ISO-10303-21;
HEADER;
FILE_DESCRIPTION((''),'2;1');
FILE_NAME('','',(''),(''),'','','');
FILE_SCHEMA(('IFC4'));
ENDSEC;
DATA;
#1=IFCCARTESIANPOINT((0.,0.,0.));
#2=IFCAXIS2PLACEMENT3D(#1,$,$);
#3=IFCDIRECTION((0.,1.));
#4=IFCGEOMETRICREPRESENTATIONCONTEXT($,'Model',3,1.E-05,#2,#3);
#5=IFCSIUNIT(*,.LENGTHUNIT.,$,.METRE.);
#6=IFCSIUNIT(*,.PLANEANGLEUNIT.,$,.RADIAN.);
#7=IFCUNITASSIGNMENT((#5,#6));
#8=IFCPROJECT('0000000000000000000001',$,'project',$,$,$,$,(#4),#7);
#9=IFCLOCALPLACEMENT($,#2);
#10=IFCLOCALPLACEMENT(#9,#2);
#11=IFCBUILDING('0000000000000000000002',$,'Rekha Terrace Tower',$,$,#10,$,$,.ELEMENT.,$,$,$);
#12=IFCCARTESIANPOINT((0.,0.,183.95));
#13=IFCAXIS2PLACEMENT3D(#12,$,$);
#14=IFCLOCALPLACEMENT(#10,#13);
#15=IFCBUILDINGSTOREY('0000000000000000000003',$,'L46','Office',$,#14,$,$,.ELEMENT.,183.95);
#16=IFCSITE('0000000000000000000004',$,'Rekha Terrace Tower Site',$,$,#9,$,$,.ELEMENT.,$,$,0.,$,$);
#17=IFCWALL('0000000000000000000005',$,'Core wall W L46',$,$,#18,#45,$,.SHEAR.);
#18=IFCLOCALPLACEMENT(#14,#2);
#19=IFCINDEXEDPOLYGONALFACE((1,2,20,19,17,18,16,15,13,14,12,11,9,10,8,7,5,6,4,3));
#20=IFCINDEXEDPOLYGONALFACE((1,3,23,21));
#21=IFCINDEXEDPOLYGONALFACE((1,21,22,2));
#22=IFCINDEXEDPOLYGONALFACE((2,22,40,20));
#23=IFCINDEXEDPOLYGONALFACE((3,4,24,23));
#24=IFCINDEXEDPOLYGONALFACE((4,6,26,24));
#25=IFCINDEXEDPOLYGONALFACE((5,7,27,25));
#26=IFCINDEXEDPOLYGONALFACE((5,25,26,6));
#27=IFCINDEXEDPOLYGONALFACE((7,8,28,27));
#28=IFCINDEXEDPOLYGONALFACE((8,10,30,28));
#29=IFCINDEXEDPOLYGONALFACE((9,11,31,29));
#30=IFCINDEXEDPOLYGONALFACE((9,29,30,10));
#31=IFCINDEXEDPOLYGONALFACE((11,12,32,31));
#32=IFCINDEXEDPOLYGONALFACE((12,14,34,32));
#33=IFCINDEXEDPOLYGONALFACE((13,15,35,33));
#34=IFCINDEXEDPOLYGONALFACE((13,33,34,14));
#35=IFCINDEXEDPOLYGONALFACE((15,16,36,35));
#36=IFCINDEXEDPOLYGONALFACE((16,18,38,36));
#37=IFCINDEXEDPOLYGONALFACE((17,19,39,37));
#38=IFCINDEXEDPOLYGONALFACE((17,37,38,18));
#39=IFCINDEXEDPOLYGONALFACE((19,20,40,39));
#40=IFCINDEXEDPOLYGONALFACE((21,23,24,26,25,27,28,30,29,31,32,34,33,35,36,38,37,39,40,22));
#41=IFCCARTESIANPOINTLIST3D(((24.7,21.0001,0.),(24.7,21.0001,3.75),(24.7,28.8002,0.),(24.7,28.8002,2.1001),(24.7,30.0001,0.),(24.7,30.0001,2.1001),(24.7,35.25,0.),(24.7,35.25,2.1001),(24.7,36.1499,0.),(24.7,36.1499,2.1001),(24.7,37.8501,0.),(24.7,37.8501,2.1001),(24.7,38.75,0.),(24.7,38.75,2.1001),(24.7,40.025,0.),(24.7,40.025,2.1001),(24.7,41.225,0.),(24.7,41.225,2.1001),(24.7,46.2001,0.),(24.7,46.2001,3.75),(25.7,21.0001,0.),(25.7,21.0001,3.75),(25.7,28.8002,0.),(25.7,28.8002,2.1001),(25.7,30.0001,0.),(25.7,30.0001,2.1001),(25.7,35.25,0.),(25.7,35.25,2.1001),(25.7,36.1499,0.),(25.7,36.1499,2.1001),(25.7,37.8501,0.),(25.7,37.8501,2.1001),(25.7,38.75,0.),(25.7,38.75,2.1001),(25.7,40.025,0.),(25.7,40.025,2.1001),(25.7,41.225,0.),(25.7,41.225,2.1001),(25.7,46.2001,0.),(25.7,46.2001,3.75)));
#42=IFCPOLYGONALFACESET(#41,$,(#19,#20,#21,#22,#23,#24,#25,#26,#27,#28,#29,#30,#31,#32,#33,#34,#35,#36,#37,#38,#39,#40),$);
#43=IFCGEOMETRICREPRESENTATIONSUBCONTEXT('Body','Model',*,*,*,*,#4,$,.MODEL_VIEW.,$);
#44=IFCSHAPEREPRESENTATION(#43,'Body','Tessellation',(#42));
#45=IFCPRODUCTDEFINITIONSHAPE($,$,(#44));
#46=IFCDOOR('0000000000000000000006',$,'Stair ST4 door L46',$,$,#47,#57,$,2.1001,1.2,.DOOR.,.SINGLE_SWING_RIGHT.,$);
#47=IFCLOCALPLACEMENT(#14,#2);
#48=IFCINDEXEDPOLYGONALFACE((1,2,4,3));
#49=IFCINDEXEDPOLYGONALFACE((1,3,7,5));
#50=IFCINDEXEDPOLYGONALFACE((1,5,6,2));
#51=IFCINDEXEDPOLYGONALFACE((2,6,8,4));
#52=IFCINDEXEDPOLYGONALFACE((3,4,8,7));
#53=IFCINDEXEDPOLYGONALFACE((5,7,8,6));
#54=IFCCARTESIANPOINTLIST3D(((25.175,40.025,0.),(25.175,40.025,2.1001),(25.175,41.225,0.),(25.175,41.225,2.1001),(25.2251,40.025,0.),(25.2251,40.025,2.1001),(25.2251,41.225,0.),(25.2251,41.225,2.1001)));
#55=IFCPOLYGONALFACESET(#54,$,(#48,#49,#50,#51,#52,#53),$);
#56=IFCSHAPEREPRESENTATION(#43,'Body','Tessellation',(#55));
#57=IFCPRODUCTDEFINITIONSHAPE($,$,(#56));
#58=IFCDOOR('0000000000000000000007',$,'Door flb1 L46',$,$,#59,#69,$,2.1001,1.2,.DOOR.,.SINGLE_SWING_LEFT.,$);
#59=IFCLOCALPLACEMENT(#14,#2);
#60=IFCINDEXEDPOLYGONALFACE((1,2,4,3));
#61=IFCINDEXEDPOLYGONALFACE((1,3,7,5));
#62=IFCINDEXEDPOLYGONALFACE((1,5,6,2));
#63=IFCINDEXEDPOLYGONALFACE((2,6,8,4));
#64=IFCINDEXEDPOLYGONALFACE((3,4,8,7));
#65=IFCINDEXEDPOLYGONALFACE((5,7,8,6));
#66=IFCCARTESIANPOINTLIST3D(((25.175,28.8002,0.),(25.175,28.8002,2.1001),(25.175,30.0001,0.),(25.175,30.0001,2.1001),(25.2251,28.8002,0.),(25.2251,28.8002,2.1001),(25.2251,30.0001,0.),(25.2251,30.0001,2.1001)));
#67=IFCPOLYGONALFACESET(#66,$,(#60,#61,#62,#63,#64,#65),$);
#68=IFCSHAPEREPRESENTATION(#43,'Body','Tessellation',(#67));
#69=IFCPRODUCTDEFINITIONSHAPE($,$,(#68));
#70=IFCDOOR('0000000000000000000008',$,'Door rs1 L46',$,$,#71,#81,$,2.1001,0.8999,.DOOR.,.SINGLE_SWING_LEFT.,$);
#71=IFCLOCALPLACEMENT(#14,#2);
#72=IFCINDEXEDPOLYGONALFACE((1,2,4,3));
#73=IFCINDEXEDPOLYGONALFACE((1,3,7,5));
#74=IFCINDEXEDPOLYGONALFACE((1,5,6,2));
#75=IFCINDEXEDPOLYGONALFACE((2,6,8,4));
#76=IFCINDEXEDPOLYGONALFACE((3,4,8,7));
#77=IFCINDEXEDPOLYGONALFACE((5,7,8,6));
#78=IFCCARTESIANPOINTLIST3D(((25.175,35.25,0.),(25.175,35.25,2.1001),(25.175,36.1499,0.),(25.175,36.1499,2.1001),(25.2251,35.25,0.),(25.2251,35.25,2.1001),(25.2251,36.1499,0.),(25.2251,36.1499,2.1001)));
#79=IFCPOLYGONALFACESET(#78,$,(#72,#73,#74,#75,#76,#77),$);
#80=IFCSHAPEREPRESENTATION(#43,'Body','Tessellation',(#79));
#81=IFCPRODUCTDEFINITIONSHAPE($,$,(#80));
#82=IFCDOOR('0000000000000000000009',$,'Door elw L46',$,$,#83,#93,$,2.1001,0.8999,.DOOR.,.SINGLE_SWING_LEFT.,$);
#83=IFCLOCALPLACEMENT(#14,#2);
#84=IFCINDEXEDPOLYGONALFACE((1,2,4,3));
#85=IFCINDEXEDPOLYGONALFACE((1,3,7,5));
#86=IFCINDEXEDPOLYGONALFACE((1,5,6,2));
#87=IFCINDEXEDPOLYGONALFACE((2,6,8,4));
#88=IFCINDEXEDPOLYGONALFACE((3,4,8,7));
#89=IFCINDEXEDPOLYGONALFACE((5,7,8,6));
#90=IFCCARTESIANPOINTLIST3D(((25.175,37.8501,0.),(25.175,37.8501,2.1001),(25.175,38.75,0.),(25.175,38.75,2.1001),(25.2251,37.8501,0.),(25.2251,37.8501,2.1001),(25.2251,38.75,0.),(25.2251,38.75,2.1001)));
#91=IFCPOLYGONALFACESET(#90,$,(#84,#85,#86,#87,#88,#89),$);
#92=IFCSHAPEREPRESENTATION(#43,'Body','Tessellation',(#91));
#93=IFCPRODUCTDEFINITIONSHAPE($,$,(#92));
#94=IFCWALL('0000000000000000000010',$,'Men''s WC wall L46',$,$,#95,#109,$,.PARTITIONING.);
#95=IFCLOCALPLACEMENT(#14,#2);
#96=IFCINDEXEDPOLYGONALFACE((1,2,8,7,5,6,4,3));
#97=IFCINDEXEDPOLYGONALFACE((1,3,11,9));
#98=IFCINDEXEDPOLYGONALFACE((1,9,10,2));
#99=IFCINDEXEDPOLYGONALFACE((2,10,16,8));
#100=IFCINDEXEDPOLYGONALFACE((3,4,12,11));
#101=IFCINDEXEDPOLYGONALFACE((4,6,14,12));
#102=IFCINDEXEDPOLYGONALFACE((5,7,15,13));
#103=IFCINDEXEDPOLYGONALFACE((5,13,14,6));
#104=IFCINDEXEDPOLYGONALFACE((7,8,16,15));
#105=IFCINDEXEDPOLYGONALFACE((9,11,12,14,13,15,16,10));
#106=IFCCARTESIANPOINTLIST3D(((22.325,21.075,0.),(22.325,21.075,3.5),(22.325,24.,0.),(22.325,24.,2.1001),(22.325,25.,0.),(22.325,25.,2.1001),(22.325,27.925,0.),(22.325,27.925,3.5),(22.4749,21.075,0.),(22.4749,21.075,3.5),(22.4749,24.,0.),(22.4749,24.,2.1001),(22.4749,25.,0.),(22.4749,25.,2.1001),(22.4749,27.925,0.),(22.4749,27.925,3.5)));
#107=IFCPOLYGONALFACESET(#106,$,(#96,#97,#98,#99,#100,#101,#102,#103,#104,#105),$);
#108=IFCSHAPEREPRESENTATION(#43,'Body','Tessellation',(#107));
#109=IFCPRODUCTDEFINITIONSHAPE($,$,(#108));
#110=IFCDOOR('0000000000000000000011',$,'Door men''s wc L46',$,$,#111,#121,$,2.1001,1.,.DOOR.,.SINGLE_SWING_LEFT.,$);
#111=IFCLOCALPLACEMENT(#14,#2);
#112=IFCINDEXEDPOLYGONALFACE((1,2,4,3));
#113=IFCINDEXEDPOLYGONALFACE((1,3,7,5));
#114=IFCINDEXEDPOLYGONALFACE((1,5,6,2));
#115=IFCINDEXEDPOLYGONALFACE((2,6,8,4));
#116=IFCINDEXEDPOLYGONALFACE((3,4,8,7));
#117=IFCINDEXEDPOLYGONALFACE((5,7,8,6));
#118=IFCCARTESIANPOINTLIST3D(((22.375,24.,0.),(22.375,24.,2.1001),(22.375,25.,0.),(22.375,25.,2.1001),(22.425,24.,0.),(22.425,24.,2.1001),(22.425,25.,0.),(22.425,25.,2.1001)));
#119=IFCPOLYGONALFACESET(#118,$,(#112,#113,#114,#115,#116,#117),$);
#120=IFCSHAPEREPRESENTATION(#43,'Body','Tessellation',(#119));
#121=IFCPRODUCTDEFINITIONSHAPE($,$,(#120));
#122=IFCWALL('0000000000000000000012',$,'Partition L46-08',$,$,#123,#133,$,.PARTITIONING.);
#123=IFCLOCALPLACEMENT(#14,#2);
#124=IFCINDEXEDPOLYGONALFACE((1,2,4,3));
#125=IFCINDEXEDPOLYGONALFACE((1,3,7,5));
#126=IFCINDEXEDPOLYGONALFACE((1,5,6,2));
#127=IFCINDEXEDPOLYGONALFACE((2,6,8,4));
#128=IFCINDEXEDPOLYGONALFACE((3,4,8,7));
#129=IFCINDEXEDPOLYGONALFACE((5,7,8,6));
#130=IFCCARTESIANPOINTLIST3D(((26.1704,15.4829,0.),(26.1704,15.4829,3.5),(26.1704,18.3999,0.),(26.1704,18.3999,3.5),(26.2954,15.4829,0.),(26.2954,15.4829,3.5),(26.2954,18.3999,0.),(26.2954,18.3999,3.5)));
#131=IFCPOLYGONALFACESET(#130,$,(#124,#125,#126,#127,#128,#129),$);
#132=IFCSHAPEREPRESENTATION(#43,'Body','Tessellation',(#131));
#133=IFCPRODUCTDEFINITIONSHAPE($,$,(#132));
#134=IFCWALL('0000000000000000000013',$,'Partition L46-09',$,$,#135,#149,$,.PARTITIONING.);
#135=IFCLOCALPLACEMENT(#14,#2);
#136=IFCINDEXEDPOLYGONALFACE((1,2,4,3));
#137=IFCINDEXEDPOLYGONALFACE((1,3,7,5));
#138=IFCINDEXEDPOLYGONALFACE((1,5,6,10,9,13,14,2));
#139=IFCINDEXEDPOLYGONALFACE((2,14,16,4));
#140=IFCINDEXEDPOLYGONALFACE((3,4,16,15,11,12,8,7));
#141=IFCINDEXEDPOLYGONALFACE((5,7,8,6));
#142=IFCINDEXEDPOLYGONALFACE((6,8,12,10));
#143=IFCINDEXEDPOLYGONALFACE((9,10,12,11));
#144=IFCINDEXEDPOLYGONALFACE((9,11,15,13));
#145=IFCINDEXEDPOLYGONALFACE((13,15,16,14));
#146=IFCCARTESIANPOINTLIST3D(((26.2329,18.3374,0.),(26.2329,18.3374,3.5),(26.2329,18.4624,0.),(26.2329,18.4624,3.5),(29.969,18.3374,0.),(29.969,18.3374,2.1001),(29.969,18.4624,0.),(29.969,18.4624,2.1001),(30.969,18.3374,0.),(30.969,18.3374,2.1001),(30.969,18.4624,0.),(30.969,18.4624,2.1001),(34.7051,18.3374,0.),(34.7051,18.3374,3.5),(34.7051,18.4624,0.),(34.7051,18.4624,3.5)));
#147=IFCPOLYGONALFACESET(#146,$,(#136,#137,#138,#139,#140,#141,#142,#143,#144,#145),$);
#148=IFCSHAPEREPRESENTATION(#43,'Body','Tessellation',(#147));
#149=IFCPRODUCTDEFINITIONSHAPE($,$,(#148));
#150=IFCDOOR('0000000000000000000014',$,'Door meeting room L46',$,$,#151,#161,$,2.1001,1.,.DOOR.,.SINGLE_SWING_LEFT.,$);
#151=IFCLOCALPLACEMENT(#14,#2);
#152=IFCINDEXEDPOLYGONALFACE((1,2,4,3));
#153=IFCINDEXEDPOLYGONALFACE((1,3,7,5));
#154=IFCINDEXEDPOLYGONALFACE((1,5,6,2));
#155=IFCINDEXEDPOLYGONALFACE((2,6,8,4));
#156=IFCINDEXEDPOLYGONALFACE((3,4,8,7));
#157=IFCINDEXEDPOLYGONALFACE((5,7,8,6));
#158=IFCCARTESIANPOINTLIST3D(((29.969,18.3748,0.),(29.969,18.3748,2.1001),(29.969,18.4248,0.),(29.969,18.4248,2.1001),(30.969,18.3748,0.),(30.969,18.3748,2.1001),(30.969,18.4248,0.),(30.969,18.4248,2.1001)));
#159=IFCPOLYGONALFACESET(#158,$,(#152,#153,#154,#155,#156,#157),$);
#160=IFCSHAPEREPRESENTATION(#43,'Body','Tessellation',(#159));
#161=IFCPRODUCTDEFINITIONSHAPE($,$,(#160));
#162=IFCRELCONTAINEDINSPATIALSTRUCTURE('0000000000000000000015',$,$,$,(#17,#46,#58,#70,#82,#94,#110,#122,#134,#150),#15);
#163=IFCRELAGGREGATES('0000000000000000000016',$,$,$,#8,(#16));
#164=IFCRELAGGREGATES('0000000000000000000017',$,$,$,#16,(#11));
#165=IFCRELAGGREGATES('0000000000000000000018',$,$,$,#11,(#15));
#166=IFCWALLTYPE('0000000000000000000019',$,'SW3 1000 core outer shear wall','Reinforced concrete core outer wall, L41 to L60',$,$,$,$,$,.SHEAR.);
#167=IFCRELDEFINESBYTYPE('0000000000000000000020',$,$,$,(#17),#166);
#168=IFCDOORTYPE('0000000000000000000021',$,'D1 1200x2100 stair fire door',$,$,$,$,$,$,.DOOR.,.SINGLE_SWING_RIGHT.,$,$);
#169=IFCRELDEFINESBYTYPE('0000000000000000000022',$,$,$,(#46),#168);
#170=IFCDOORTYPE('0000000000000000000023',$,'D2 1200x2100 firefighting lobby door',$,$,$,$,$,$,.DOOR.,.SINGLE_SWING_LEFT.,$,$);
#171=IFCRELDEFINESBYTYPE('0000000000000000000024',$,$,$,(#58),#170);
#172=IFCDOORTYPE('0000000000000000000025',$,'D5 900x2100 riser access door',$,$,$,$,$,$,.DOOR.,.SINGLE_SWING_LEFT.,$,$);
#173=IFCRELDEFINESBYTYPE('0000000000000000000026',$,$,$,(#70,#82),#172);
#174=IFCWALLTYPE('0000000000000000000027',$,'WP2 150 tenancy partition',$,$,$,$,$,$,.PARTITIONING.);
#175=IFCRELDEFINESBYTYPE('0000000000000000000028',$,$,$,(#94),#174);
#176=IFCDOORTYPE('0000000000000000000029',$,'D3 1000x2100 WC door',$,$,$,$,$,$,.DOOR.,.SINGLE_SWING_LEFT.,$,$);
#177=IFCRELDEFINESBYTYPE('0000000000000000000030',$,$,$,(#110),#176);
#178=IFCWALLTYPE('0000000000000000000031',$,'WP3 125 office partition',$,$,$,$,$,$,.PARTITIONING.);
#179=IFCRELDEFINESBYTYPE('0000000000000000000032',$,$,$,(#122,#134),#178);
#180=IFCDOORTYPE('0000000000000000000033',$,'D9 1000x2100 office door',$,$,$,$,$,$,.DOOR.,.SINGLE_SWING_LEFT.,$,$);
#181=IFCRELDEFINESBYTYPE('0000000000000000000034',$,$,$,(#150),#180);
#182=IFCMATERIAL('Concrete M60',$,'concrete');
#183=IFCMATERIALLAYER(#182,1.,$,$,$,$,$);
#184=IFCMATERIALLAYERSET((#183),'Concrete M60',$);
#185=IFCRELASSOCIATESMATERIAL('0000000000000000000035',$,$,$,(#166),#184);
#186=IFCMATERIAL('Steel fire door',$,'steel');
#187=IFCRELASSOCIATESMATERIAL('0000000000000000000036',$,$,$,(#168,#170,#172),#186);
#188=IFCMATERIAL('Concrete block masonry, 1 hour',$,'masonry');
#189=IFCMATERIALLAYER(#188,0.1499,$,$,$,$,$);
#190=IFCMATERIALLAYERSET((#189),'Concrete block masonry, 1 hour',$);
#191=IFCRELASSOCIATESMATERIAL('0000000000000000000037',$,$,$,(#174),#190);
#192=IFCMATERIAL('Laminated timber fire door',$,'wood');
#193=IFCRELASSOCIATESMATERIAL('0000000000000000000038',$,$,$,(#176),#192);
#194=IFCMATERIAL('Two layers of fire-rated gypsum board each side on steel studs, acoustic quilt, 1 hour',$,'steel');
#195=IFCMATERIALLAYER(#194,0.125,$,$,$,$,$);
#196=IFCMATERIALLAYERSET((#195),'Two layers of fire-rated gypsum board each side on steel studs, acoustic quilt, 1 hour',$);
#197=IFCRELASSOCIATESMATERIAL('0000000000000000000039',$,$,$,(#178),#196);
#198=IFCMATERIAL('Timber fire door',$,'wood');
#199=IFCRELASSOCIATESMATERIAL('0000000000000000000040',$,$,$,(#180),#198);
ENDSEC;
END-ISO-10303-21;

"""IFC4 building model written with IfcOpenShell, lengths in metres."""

from ifc_helpers import new_model, si_unit, direction, frame, frame_2d, origin, place, context, subcontext, project, spatial, rectangle, extrude, material, layer, layer_set, type_object, element, fill, save


model = new_model("IFC4")

# Units and contexts
model_context = context("Model", 3, precision=1e-05, world=origin(), true_north=direction((0.0, 1.0)))
body_context = subcontext(model_context, "Body", "Model", "MODEL_VIEW")
ifc_project = project(units=[si_unit("LENGTHUNIT", "METRE"), si_unit("PLANEANGLEUNIT", "RADIAN")], contexts=[model_context])

# Site, building, storey
site_placement = place(None, origin())
site = spatial("IfcSite", under=ifc_project, at=site_placement, Name="Rekha Terrace Tower Site", CompositionType="ELEMENT", RefElevation=0.0)
building_placement = place(site_placement, origin())
building = spatial("IfcBuilding", under=site, at=building_placement, Name="Rekha Terrace Tower", CompositionType="ELEMENT")
storey_placement = place(building_placement, frame((0.0, 0.0, 183.95)))
storey = spatial("IfcBuildingStorey", under=building, at=storey_placement, Name="L46", Description="Office", CompositionType="ELEMENT", Elevation=183.95)

# Shared definitions
ifc_material_1 = material(Name="Concrete M60", Category="concrete")

# Shared definitions
ifc_layer_1 = layer(ifc_material_1, 1.0)
ifc_layer_set_1 = layer_set([ifc_layer_1], Name="Concrete M60")
wall_type_1 = type_object("IfcWallType", Name="SW3 1000 core outer shear wall", Description="Reinforced concrete core outer wall, L41 to L60", PredefinedType="SHEAR", material=ifc_layer_set_1)

# Wall, openings, doors
wall_1_placement = place(storey_placement, frame((25.2, 21.0, 0.0), z_axis=(0.0, 0.0, 1.0), x_axis=(0.0, 1.0, 0.0)))
wall_1 = element("IfcWall", 1, at=wall_1_placement, inside=storey, type_object=wall_type_1, Name="Core wall W L46", PredefinedType="SHEAR", context=body_context, shape_type="SweptSolid", body=[
    extrude(rectangle(XDim=25.2, YDim=1.0, at=frame_2d((12.6001, 0.0))), origin(), (0.0, 0.0, 1.0), 3.75),
])
opening_1_placement = place(wall_1_placement, frame((7.8, 0.0, 0.0)))
opening_1 = element("IfcOpeningElement", 2, at=opening_1_placement, cuts=wall_1, PredefinedType="OPENING", context=body_context, shape_type="SweptSolid", body=[
    extrude(rectangle(XDim=1.2, YDim=2.1001, at=frame_2d((0.6001, 1.05))), frame((0.0, 0.51, 0.0), z_axis=(0.0, -1.0, 0.0), x_axis=(1.0, 0.0, 0.0)), (0.0, 0.0, 1.0), 1.02),
])
opening_2_placement = place(wall_1_placement, frame((14.25, 0.0, 0.0)))
opening_2 = element("IfcOpeningElement", 3, at=opening_2_placement, cuts=wall_1, PredefinedType="OPENING", context=body_context, shape_type="SweptSolid", body=[
    extrude(rectangle(XDim=0.8999, YDim=2.1001, at=frame_2d((0.45, 1.05))), frame((0.0, 0.51, 0.0), z_axis=(0.0, -1.0, 0.0), x_axis=(1.0, 0.0, 0.0)), (0.0, 0.0, 1.0), 1.02),
])
opening_3_placement = place(wall_1_placement, frame((16.8501, 0.0, 0.0)))
opening_3 = element("IfcOpeningElement", 4, at=opening_3_placement, cuts=wall_1, PredefinedType="OPENING", context=body_context, shape_type="SweptSolid", body=[
    extrude(rectangle(XDim=0.8999, YDim=2.1001, at=frame_2d((0.45, 1.05))), frame((0.0, 0.51, 0.0), z_axis=(0.0, -1.0, 0.0), x_axis=(1.0, 0.0, 0.0)), (0.0, 0.0, 1.0), 1.02),
])
opening_4_placement = place(wall_1_placement, frame((19.0249, 0.0, 0.0)))
opening_4 = element("IfcOpeningElement", 5, at=opening_4_placement, cuts=wall_1, PredefinedType="OPENING", context=body_context, shape_type="SweptSolid", body=[
    extrude(rectangle(XDim=1.2, YDim=2.1001, at=frame_2d((0.6001, 1.05))), frame((0.0, 0.51, 0.0), z_axis=(0.0, -1.0, 0.0), x_axis=(1.0, 0.0, 0.0)), (0.0, 0.0, 1.0), 1.02),
])
ifc_material_2 = material(Name="Steel fire door", Category="steel")
door_type_1 = type_object("IfcDoorType", Name="D1 1200x2100 stair fire door", OperationType="SINGLE_SWING_RIGHT", PredefinedType="DOOR", material=ifc_material_2)
door_1_placement = place(opening_4_placement, origin())
door_1 = element("IfcDoor", 6, at=door_1_placement, inside=storey, type_object=door_type_1, Name="Stair ST4 door L46", OperationType="SINGLE_SWING_RIGHT", OverallHeight=2.1001, OverallWidth=1.2, PredefinedType="DOOR", context=body_context, shape_type="SweptSolid", body=[
    extrude(rectangle(XDim=1.2, YDim=2.1001, at=frame_2d((0.6001, 1.05))), frame((0.0, 0.0249, 0.0), z_axis=(0.0, -1.0, 0.0), x_axis=(1.0, 0.0, 0.0)), (0.0, 0.0, 1.0), 0.05),
])
fill(opening_4, door_1)
door_type_2 = type_object("IfcDoorType", Name="D2 1200x2100 firefighting lobby door", OperationType="SINGLE_SWING_LEFT", PredefinedType="DOOR", material=ifc_material_2)
door_2_placement = place(opening_1_placement, origin())
door_2 = element("IfcDoor", 7, at=door_2_placement, inside=storey, type_object=door_type_2, Name="Door flb1 L46", OperationType="SINGLE_SWING_LEFT", OverallHeight=2.1001, OverallWidth=1.2, PredefinedType="DOOR", context=body_context, shape_type="SweptSolid", body=[
    extrude(rectangle(XDim=1.2, YDim=2.1001, at=frame_2d((0.6001, 1.05))), frame((0.0, 0.0249, 0.0), z_axis=(0.0, -1.0, 0.0), x_axis=(1.0, 0.0, 0.0)), (0.0, 0.0, 1.0), 0.05),
])
fill(opening_1, door_2)
door_type_3 = type_object("IfcDoorType", Name="D5 900x2100 riser access door", OperationType="SINGLE_SWING_LEFT", PredefinedType="DOOR", material=ifc_material_2)
door_3_placement = place(opening_2_placement, origin())
door_3 = element("IfcDoor", 8, at=door_3_placement, inside=storey, type_object=door_type_3, Name="Door rs1 L46", OperationType="SINGLE_SWING_LEFT", OverallHeight=2.1001, OverallWidth=0.8999, PredefinedType="DOOR", context=body_context, shape_type="SweptSolid", body=[
    extrude(rectangle(XDim=0.8999, YDim=2.1001, at=frame_2d((0.45, 1.05))), frame((0.0, 0.0249, 0.0), z_axis=(0.0, -1.0, 0.0), x_axis=(1.0, 0.0, 0.0)), (0.0, 0.0, 1.0), 0.05),
])
fill(opening_2, door_3)
door_4_placement = place(opening_3_placement, origin())
door_4 = element("IfcDoor", 9, at=door_4_placement, inside=storey, type_object=door_type_3, Name="Door elw L46", OperationType="SINGLE_SWING_LEFT", OverallHeight=2.1001, OverallWidth=0.8999, PredefinedType="DOOR", context=body_context, shape_type="SweptSolid", body=[
    extrude(rectangle(XDim=0.8999, YDim=2.1001, at=frame_2d((0.45, 1.05))), frame((0.0, 0.0249, 0.0), z_axis=(0.0, -1.0, 0.0), x_axis=(1.0, 0.0, 0.0)), (0.0, 0.0, 1.0), 0.05),
])
fill(opening_3, door_4)

# Wall, opening, door
ifc_material_3 = material(Name="Concrete block masonry, 1 hour", Category="masonry")
ifc_layer_2 = layer(ifc_material_3, 0.1499)
ifc_layer_set_2 = layer_set([ifc_layer_2], Name="Concrete block masonry, 1 hour")
wall_type_2 = type_object("IfcWallType", Name="WP2 150 tenancy partition", PredefinedType="PARTITIONING", material=ifc_layer_set_2)
wall_2_placement = place(storey_placement, frame((22.3999, 21.075, 0.0), z_axis=(0.0, 0.0, 1.0), x_axis=(0.0, 1.0, 0.0)))
wall_2 = element("IfcWall", 10, at=wall_2_placement, inside=storey, type_object=wall_type_2, Name="Men's WC wall L46", PredefinedType="PARTITIONING", context=body_context, shape_type="SweptSolid", body=[
    extrude(rectangle(XDim=6.8501, YDim=0.1499, at=frame_2d((3.425, 0.0))), origin(), (0.0, 0.0, 1.0), 3.5),
])
opening_5_placement = place(wall_2_placement, frame((2.925, 0.0, 0.0)))
opening_5 = element("IfcOpeningElement", 11, at=opening_5_placement, cuts=wall_2, PredefinedType="OPENING", context=body_context, shape_type="SweptSolid", body=[
    extrude(rectangle(XDim=1.0, YDim=2.1001, at=frame_2d((0.5, 1.05))), frame((0.0, 0.085, 0.0), z_axis=(0.0, -1.0, 0.0), x_axis=(1.0, 0.0, 0.0)), (0.0, 0.0, 1.0), 0.1699),
])
ifc_material_4 = material(Name="Laminated timber fire door", Category="wood")
door_type_4 = type_object("IfcDoorType", Name="D3 1000x2100 WC door", OperationType="SINGLE_SWING_LEFT", PredefinedType="DOOR", material=ifc_material_4)
door_5_placement = place(opening_5_placement, origin())
door_5 = element("IfcDoor", 12, at=door_5_placement, inside=storey, type_object=door_type_4, Name="Door men's wc L46", OperationType="SINGLE_SWING_LEFT", OverallHeight=2.1001, OverallWidth=1.0, PredefinedType="DOOR", context=body_context, shape_type="SweptSolid", body=[
    extrude(rectangle(XDim=1.0, YDim=2.1001, at=frame_2d((0.5, 1.05))), frame((0.0, 0.0249, 0.0), z_axis=(0.0, -1.0, 0.0), x_axis=(1.0, 0.0, 0.0)), (0.0, 0.0, 1.0), 0.05),
])
fill(opening_5, door_5)

# Wall
ifc_material_5 = material(Name="Two layers of fire-rated gypsum board each side on steel studs, acoustic quilt, 1 hour", Category="steel")
ifc_layer_3 = layer(ifc_material_5, 0.125)
ifc_layer_set_3 = layer_set([ifc_layer_3], Name="Two layers of fire-rated gypsum board each side on steel studs, acoustic quilt, 1 hour")
wall_type_3 = type_object("IfcWallType", Name="WP3 125 office partition", PredefinedType="PARTITIONING", material=ifc_layer_set_3)
wall_3_placement = place(storey_placement, frame((26.2329, 18.3999, 0.0), z_axis=(0.0, 0.0, 1.0), x_axis=(0.0, -1.0, 0.0)))
element("IfcWall", 13, at=wall_3_placement, inside=storey, type_object=wall_type_3, Name="Partition L46-08", PredefinedType="PARTITIONING", context=body_context, shape_type="SweptSolid", body=[
    extrude(rectangle(XDim=2.917, YDim=0.125, at=frame_2d((1.4585, 0.0))), origin(), (0.0, 0.0, 1.0), 3.5),
])

# Wall, opening, door
wall_4_placement = place(storey_placement, frame((26.2329, 18.3999, 0.0), z_axis=(0.0, 0.0, 1.0), x_axis=(1.0, 0.0, 0.0)))
wall_4 = element("IfcWall", 14, at=wall_4_placement, inside=storey, type_object=wall_type_3, Name="Partition L46-09", PredefinedType="PARTITIONING", context=body_context, shape_type="SweptSolid", body=[
    extrude(rectangle(XDim=8.4722, YDim=0.125, at=frame_2d((4.2361, 0.0))), origin(), (0.0, 0.0, 1.0), 3.5),
])
opening_6_placement = place(wall_4_placement, frame((3.7361, 0.0, 0.0)))
opening_6 = element("IfcOpeningElement", 15, at=opening_6_placement, cuts=wall_4, PredefinedType="OPENING", context=body_context, shape_type="SweptSolid", body=[
    extrude(rectangle(XDim=1.0, YDim=2.1001, at=frame_2d((0.5, 1.05))), frame((0.0, 0.0725, 0.0), z_axis=(0.0, -1.0, 0.0), x_axis=(1.0, 0.0, 0.0)), (0.0, 0.0, 1.0), 0.145),
])
ifc_material_6 = material(Name="Timber fire door", Category="wood")
door_type_5 = type_object("IfcDoorType", Name="D9 1000x2100 office door", OperationType="SINGLE_SWING_LEFT", PredefinedType="DOOR", material=ifc_material_6)
door_6_placement = place(opening_6_placement, origin())
door_6 = element("IfcDoor", 16, at=door_6_placement, inside=storey, type_object=door_type_5, Name="Door meeting room L46", OperationType="SINGLE_SWING_LEFT", OverallHeight=2.1001, OverallWidth=1.0, PredefinedType="DOOR", context=body_context, shape_type="SweptSolid", body=[
    extrude(rectangle(XDim=1.0, YDim=2.1001, at=frame_2d((0.5, 1.05))), frame((0.0, 0.0249, 0.0), z_axis=(0.0, -1.0, 0.0), x_axis=(1.0, 0.0, 0.0)), (0.0, 0.0, 1.0), 0.05),
])
fill(opening_6, door_6)

save(model, "model.ifc")
